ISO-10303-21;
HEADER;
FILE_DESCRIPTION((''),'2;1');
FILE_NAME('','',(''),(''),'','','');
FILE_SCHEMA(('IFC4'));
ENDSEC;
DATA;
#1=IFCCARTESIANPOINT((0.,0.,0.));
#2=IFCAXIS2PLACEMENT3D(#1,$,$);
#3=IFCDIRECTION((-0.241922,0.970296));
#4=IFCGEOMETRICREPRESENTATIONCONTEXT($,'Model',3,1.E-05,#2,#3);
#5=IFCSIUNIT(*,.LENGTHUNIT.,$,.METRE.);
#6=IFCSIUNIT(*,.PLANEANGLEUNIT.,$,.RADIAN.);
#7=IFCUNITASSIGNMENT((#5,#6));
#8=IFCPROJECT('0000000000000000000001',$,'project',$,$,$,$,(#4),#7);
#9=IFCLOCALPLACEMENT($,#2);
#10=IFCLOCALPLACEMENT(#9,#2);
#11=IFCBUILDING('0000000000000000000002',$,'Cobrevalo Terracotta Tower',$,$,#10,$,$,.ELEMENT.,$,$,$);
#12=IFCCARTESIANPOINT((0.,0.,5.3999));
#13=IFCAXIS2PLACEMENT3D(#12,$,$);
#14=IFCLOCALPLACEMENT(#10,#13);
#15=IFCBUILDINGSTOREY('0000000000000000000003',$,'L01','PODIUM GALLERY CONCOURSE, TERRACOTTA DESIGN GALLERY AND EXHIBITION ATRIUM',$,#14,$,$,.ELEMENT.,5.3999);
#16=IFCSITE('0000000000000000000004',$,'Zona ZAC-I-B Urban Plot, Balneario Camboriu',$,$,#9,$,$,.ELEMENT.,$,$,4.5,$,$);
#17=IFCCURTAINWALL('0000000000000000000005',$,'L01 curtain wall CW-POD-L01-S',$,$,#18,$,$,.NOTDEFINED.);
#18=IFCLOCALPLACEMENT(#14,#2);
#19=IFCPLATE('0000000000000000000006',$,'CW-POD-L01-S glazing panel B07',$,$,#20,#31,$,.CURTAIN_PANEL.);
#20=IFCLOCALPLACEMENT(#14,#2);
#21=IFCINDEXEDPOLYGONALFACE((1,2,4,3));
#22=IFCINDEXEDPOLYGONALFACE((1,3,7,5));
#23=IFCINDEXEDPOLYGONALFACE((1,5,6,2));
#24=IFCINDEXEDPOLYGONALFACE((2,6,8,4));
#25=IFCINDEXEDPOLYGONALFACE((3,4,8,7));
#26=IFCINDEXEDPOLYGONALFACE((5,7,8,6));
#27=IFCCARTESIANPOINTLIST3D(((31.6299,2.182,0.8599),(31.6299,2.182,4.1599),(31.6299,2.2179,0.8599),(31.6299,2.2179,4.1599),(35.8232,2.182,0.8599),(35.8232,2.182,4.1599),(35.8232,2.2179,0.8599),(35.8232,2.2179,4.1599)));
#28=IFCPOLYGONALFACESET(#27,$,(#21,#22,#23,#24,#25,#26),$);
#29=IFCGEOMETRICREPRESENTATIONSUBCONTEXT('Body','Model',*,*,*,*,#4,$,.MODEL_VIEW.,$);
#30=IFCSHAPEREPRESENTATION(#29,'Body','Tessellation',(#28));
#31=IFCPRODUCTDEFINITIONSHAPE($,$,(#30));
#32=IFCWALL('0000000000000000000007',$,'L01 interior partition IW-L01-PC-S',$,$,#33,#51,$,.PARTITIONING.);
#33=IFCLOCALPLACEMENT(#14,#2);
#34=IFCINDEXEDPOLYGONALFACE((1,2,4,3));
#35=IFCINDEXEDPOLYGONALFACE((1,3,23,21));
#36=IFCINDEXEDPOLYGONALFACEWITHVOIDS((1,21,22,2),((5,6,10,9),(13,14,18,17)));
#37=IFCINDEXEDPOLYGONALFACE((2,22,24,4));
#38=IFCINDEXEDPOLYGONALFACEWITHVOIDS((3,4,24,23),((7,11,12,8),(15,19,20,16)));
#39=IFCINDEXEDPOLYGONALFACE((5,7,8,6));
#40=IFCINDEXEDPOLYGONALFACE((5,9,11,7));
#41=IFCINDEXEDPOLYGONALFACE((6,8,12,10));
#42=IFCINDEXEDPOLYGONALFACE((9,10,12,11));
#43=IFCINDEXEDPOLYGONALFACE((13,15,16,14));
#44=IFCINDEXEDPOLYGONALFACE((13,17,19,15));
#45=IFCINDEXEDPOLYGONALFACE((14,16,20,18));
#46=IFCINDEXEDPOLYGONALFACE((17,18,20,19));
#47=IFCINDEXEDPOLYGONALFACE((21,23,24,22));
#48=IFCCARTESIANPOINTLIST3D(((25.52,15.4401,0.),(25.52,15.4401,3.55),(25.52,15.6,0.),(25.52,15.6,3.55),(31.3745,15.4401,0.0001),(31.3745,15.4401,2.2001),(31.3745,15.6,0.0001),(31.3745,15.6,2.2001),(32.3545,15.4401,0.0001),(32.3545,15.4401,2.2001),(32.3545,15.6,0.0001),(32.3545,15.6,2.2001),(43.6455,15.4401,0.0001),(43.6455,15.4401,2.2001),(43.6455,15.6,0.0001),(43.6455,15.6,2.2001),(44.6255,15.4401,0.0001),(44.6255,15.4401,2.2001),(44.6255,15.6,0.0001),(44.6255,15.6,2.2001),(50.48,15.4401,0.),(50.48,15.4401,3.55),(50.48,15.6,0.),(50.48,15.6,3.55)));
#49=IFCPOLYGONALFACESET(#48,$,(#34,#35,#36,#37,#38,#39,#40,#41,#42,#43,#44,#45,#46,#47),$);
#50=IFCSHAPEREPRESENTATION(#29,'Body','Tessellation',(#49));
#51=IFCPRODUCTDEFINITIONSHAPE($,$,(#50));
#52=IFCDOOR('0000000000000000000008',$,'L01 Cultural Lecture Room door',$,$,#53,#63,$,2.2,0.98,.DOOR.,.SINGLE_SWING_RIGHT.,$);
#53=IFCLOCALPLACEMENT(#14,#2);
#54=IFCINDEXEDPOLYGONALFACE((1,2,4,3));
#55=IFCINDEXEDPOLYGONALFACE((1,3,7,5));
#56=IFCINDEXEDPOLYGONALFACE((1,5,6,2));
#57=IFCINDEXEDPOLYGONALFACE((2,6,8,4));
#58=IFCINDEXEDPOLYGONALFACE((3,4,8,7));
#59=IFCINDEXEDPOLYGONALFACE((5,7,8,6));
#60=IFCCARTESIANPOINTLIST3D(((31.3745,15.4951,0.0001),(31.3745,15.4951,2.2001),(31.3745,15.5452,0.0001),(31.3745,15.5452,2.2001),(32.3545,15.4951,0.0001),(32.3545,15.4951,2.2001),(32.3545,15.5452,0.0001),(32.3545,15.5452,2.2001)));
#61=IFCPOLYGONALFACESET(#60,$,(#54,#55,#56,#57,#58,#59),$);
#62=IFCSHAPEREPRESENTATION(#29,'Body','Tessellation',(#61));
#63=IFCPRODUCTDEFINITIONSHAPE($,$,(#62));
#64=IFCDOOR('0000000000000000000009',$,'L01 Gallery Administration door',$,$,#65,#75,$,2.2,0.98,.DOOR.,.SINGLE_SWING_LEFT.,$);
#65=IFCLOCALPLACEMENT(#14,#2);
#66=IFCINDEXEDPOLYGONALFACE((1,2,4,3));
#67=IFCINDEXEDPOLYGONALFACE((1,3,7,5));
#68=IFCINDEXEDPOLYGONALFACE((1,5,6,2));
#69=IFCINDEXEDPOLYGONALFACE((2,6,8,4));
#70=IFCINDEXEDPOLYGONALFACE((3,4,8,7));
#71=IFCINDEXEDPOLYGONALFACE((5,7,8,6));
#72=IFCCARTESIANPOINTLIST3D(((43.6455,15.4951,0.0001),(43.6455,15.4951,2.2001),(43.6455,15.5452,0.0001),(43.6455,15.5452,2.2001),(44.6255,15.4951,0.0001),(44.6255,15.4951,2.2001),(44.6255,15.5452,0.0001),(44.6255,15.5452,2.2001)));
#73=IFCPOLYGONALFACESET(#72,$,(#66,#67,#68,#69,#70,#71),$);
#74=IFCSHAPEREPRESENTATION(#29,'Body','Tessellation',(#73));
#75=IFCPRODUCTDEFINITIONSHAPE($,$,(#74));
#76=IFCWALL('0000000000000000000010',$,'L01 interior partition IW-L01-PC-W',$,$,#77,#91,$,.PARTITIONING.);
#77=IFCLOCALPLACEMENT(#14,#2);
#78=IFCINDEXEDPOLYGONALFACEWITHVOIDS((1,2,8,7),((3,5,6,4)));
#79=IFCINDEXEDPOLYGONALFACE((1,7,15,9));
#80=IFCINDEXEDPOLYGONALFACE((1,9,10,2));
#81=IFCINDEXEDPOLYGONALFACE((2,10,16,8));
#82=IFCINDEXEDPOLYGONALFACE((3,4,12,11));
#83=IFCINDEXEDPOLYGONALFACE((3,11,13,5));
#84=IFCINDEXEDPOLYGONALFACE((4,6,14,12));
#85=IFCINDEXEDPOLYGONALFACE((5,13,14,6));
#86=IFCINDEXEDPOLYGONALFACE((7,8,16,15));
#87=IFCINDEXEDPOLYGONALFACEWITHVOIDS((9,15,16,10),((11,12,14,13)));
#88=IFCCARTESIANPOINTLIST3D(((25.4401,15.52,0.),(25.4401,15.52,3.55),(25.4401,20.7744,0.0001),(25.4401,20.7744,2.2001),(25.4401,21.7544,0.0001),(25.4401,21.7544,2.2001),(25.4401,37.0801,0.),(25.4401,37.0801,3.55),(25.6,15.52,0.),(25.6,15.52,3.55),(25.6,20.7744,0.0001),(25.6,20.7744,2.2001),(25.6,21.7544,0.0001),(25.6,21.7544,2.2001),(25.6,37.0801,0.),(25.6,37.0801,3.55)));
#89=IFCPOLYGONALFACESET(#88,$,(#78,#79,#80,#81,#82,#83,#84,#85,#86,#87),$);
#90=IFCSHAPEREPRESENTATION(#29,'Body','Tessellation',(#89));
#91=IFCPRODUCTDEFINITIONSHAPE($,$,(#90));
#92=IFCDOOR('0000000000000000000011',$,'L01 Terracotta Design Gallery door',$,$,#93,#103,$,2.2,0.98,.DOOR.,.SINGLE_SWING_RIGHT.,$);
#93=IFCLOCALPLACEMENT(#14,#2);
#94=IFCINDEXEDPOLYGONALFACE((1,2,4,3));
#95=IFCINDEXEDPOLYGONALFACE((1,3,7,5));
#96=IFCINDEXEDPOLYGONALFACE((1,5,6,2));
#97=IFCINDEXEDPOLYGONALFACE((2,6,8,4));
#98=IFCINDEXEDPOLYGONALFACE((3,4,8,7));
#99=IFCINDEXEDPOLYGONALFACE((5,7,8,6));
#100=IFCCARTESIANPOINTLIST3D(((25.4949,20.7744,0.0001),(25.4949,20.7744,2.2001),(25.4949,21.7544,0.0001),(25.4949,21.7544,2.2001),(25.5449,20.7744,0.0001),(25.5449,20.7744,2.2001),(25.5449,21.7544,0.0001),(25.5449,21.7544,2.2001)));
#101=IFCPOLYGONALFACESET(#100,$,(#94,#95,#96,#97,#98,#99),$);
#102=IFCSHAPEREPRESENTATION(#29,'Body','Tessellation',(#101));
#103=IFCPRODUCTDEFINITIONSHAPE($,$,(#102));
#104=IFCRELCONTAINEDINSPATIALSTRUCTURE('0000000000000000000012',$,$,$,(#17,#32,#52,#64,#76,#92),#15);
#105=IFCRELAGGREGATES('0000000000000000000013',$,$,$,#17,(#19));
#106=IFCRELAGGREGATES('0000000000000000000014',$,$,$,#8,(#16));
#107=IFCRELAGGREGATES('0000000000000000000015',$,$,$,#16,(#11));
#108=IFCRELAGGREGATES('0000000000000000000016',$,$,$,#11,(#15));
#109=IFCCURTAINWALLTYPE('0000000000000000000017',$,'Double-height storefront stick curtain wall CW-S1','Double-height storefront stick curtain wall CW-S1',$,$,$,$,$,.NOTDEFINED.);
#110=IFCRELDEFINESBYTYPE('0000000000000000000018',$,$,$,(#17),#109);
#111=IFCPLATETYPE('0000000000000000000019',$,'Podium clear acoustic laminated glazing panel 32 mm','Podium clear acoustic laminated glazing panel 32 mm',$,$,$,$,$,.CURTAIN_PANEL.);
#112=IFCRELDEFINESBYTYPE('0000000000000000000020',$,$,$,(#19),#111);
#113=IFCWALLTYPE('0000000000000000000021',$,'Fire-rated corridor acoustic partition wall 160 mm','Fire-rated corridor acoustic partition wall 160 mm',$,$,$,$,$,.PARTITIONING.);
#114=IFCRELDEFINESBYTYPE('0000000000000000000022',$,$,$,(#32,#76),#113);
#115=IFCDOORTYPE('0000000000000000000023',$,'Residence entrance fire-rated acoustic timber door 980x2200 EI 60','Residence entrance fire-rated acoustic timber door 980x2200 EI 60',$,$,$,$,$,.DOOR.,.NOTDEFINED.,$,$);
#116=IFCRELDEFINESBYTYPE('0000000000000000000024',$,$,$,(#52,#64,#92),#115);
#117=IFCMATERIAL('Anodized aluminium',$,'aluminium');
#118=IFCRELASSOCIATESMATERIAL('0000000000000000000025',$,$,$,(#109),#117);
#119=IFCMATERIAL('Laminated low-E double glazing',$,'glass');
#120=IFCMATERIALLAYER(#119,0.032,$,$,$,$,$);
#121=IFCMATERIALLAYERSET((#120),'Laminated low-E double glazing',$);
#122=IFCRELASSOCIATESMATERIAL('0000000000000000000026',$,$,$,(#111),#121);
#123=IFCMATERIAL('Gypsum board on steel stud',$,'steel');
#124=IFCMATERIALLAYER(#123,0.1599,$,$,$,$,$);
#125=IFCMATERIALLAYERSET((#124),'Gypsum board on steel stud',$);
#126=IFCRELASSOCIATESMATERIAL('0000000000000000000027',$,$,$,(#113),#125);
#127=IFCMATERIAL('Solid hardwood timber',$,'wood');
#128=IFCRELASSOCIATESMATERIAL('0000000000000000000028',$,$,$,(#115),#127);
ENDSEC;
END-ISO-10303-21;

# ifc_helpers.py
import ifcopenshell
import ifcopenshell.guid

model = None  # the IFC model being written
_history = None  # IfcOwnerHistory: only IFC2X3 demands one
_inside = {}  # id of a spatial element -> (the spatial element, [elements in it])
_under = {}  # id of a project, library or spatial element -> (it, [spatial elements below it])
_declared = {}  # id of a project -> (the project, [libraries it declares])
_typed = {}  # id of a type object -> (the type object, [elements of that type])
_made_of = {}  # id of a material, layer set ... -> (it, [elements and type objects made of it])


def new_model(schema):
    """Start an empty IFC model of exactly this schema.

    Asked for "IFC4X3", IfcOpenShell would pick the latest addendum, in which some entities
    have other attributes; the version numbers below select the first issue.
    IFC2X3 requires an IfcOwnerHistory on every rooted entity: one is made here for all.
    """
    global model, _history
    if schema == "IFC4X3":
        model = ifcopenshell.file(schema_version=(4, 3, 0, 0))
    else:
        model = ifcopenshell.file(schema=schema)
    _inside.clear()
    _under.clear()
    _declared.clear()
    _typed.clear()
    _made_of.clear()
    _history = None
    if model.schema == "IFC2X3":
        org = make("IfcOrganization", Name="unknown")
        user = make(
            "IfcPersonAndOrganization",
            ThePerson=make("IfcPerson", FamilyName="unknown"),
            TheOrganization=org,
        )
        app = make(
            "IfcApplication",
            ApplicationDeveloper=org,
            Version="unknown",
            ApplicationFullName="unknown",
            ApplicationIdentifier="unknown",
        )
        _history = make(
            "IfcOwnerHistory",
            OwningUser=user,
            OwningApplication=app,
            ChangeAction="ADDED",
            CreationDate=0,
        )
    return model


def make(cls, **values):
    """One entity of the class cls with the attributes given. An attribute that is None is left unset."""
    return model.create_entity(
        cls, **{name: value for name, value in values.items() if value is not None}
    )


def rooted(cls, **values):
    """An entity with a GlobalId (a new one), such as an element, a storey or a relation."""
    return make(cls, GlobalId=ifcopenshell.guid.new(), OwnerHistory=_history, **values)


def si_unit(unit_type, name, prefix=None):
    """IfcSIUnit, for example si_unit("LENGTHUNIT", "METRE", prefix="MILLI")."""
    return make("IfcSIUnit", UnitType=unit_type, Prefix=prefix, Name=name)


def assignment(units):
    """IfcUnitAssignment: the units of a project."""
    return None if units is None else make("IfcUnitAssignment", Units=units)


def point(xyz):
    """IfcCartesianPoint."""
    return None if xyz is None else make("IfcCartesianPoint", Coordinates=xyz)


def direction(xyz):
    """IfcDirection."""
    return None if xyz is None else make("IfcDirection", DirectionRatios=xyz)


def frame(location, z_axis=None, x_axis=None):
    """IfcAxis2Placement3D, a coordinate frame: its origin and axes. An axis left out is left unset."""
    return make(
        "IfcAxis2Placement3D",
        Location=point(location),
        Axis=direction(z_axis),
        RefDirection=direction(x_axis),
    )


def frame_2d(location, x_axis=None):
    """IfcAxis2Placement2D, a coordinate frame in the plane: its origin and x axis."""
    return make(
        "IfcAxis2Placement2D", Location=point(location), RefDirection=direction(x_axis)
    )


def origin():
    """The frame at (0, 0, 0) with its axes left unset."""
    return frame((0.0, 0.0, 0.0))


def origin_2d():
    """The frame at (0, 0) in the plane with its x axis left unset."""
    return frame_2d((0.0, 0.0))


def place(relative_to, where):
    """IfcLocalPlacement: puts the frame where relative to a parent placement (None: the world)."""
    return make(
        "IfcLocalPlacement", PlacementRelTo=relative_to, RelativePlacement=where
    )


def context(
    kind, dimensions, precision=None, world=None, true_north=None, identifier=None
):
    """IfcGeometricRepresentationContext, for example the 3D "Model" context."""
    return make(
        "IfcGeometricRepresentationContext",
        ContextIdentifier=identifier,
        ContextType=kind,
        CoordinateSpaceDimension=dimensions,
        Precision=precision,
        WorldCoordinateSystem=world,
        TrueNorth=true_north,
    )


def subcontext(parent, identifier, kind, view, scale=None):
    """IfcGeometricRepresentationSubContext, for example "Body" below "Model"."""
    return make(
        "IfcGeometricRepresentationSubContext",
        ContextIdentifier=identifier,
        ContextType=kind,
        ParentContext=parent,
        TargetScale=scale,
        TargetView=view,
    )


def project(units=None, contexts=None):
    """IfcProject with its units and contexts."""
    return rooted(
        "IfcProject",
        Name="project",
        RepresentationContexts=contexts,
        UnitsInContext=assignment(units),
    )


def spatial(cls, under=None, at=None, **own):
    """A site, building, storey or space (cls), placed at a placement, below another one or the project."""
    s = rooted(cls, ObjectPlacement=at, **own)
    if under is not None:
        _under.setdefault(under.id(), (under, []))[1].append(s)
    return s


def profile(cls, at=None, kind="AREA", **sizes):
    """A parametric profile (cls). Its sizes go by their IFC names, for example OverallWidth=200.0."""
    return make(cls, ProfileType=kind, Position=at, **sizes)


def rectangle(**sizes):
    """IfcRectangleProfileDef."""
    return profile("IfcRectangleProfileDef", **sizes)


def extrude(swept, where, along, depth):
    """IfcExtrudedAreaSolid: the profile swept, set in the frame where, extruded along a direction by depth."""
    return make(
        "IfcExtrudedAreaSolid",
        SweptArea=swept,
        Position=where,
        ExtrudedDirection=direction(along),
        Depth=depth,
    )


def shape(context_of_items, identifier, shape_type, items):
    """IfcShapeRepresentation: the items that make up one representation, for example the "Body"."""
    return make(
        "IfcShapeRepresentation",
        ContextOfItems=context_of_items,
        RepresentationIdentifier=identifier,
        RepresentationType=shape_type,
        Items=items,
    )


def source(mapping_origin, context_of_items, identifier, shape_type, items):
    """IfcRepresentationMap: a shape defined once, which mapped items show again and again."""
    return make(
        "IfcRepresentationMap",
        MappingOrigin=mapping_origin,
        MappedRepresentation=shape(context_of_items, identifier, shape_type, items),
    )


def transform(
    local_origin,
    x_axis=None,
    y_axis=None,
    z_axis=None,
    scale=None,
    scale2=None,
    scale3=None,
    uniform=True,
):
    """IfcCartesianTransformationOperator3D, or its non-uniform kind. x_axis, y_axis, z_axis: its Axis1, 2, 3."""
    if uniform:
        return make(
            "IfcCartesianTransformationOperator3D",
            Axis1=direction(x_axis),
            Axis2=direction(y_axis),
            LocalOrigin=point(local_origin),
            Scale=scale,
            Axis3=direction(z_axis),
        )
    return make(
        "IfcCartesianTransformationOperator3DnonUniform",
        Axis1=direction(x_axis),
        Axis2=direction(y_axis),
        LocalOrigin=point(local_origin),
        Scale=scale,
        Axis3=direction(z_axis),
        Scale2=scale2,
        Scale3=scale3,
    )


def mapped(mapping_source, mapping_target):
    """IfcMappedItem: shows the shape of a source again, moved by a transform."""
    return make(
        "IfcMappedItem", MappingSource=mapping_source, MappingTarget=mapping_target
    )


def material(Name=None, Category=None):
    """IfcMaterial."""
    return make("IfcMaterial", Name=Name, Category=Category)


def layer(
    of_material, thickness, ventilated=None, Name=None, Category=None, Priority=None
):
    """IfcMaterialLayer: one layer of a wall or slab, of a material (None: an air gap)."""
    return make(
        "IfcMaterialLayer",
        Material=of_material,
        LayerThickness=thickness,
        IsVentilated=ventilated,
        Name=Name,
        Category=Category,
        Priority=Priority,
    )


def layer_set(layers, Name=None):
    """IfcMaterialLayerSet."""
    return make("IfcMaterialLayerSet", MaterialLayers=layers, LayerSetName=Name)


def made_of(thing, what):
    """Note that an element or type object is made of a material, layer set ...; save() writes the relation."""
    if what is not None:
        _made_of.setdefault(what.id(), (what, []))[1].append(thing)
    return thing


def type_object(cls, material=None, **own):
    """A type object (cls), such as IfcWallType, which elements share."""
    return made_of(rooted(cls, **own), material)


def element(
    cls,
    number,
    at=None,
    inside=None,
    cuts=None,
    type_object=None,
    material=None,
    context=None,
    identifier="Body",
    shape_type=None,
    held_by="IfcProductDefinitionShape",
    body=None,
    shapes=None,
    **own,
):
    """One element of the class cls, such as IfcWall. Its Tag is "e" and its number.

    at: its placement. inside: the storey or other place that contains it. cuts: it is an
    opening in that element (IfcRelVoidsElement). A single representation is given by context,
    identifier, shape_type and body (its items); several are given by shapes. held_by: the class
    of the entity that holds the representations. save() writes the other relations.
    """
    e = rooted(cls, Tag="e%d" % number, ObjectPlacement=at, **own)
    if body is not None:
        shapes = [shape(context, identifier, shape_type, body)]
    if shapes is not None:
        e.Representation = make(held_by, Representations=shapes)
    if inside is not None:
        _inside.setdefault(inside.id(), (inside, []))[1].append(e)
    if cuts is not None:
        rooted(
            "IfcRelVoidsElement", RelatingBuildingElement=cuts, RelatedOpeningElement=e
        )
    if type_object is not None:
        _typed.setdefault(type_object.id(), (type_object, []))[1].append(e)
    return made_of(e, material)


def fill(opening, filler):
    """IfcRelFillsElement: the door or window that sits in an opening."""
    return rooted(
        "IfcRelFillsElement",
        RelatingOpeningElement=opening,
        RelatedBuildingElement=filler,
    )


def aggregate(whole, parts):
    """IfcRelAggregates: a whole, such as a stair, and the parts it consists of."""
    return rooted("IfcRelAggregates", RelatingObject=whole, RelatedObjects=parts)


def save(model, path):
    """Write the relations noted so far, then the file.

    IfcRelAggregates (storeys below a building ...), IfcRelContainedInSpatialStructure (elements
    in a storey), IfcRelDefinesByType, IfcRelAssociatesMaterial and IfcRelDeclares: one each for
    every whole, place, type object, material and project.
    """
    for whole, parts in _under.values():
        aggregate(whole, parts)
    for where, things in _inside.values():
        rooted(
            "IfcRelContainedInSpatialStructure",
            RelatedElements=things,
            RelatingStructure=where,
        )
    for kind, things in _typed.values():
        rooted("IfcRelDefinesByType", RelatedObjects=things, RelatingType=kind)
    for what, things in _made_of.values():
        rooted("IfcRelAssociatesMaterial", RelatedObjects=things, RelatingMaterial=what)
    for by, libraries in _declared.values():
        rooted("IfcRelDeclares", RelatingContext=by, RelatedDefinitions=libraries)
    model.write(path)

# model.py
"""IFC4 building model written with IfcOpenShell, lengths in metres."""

from ifc_helpers import new_model, si_unit, direction, frame, frame_2d, origin, origin_2d, place, context, subcontext, project, spatial, rectangle, extrude, source, transform, mapped, material, layer, layer_set, type_object, element, fill, aggregate, save


model = new_model("IFC4")

# Units and contexts
model_context = context("Model", 3, precision=1e-05, world=origin(), true_north=direction((-0.241922, 0.970296)))
body_context = subcontext(model_context, "Body", "Model", "MODEL_VIEW")
ifc_project = project(units=[si_unit("LENGTHUNIT", "METRE"), si_unit("PLANEANGLEUNIT", "RADIAN")], contexts=[model_context])

# Site, building, storey
site_placement = place(None, origin())
site = spatial("IfcSite", under=ifc_project, at=site_placement, Name="Zona ZAC-I-B Urban Plot, Balneario Camboriu", CompositionType="ELEMENT", RefElevation=4.5)
building_placement = place(site_placement, origin())
building = spatial("IfcBuilding", under=site, at=building_placement, Name="Cobrevalo Terracotta Tower", CompositionType="ELEMENT")
storey_placement = place(building_placement, frame((0.0, 0.0, 5.3999)))
storey = spatial("IfcBuildingStorey", under=building, at=storey_placement, Name="L01", Description="PODIUM GALLERY CONCOURSE, TERRACOTTA DESIGN GALLERY AND EXHIBITION ATRIUM", CompositionType="ELEMENT", Elevation=5.3999)

# Curtain wall, plate
ifc_material_1 = material(Name="Anodized aluminium", Category="aluminium")
curtain_wall_type = type_object("IfcCurtainWallType", Name="Double-height storefront stick curtain wall CW-S1", Description="Double-height storefront stick curtain wall CW-S1", PredefinedType="NOTDEFINED", material=ifc_material_1)
curtain_wall_placement = place(storey_placement, origin())
curtain_wall = element("IfcCurtainWall", 1, at=curtain_wall_placement, inside=storey, type_object=curtain_wall_type, Name="L01 curtain wall CW-POD-L01-S", PredefinedType="NOTDEFINED")
ifc_material_2 = material(Name="Laminated low-E double glazing", Category="glass")
ifc_layer_1 = layer(ifc_material_2, 0.032)
ifc_layer_set_1 = layer_set([ifc_layer_1], Name="Laminated low-E double glazing")
plate_type_1 = type_object("IfcPlateType", Name="Podium clear acoustic laminated glazing panel 32 mm", Description="Podium clear acoustic laminated glazing panel 32 mm", PredefinedType="CURTAIN_PANEL", material=ifc_layer_set_1)
shared_shape_1 = source(origin(), body_context, "Body", "SweptSolid", [
    extrude(rectangle(XDim=4.1934, YDim=0.0359, at=origin_2d()), origin(), (0.0, 0.0, 1.0), 3.3),
])
plate_1_placement = place(storey_placement, frame((33.7266, 2.2, 0.8599), z_axis=(0.0, 0.0, 1.0), x_axis=(1.0, 0.0, 0.0)))
plate_1 = element("IfcPlate", 2, at=plate_1_placement, type_object=plate_type_1, Name="CW-POD-L01-S glazing panel B07", PredefinedType="CURTAIN_PANEL", context=body_context, shape_type="MappedRepresentation", body=[
    mapped(shared_shape_1, transform((0.0, 0.0, 0.0), scale=1.0)),
])
aggregate(curtain_wall, [plate_1])

# Wall, openings, doors
ifc_material_3 = material(Name="Gypsum board on steel stud", Category="steel")
ifc_layer_2 = layer(ifc_material_3, 0.1599)
ifc_layer_set_2 = layer_set([ifc_layer_2], Name="Gypsum board on steel stud")
wall_type = type_object("IfcWallType", Name="Fire-rated corridor acoustic partition wall 160 mm", Description="Fire-rated corridor acoustic partition wall 160 mm", PredefinedType="PARTITIONING", material=ifc_layer_set_2)
wall_1_placement = place(storey_placement, frame((25.52, 15.52, 0.0), z_axis=(0.0, 0.0, 1.0), x_axis=(1.0, 0.0, 0.0)))
wall_1 = element("IfcWall", 3, at=wall_1_placement, inside=storey, type_object=wall_type, Name="L01 interior partition IW-L01-PC-S", PredefinedType="PARTITIONING", context=body_context, shape_type="SweptSolid", body=[
    extrude(rectangle(XDim=24.96, YDim=0.1599, at=frame_2d((12.48, 0.0))), origin(), (0.0, 0.0, 1.0), 3.55),
])
opening_1_placement = place(wall_1_placement, frame((5.8545, 0.0, 0.0)))
opening_1 = element("IfcOpeningElement", 4, at=opening_1_placement, cuts=wall_1, PredefinedType="OPENING", context=body_context, shape_type="SweptSolid", body=[
    extrude(rectangle(XDim=0.98, YDim=2.2, at=frame_2d((0.49, 1.1001))), frame((0.0, 0.0898, 0.0), z_axis=(0.0, -1.0, 0.0), x_axis=(1.0, 0.0, 0.0)), (0.0, 0.0, 1.0), 0.1799),
])
opening_2_placement = place(wall_1_placement, frame((18.1255, 0.0, 0.0)))
opening_2 = element("IfcOpeningElement", 5, at=opening_2_placement, cuts=wall_1, PredefinedType="OPENING", context=body_context, shape_type="SweptSolid", body=[
    extrude(rectangle(XDim=0.98, YDim=2.2, at=frame_2d((0.49, 1.1001))), frame((0.0, 0.0898, 0.0), z_axis=(0.0, -1.0, 0.0), x_axis=(1.0, 0.0, 0.0)), (0.0, 0.0, 1.0), 0.1799),
])
ifc_material_4 = material(Name="Solid hardwood timber", Category="wood")
door_type = type_object("IfcDoorType", Name="Residence entrance fire-rated acoustic timber door 980x2200 EI 60", Description="Residence entrance fire-rated acoustic timber door 980x2200 EI 60", OperationType="NOTDEFINED", PredefinedType="DOOR", material=ifc_material_4)
shared_shape_2 = source(origin(), body_context, "Body", "SweptSolid", [
    extrude(rectangle(XDim=0.98, YDim=2.2, at=frame_2d((0.49, 1.1001))), frame((0.0, 0.0249, 0.0), z_axis=(0.0, -1.0, 0.0), x_axis=(1.0, 0.0, 0.0)), (0.0, 0.0, 1.0), 0.05),
])
door_1_placement = place(opening_1_placement, frame((0.98, 0.0, 0.0), z_axis=(0.0, 0.0, 1.0), x_axis=(-1.0, 0.0, 0.0)))
door_1 = element("IfcDoor", 6, at=door_1_placement, inside=storey, type_object=door_type, Name="L01 Cultural Lecture Room door", OperationType="SINGLE_SWING_RIGHT", OverallHeight=2.2, OverallWidth=0.98, PredefinedType="DOOR", context=body_context, shape_type="MappedRepresentation", body=[
    mapped(shared_shape_2, transform((0.0, 0.0, 0.0), scale=1.0)),
])
fill(opening_1, door_1)
door_2_placement = place(opening_2_placement, frame((0.98, 0.0, 0.0), z_axis=(0.0, 0.0, 1.0), x_axis=(-1.0, 0.0, 0.0)))
door_2 = element("IfcDoor", 7, at=door_2_placement, inside=storey, type_object=door_type, Name="L01 Gallery Administration door", OperationType="SINGLE_SWING_LEFT", OverallHeight=2.2, OverallWidth=0.98, PredefinedType="DOOR", context=body_context, shape_type="MappedRepresentation", body=[
    mapped(shared_shape_2, transform((0.0, 0.0, 0.0), scale=1.0)),
])
fill(opening_2, door_2)

# Wall, opening, door
wall_2_placement = place(storey_placement, frame((25.52, 15.52, 0.0), z_axis=(0.0, 0.0, 1.0), x_axis=(0.0, 1.0, 0.0)))
wall_2 = element("IfcWall", 8, at=wall_2_placement, inside=storey, type_object=wall_type, Name="L01 interior partition IW-L01-PC-W", PredefinedType="PARTITIONING", context=body_context, shape_type="SweptSolid", body=[
    extrude(rectangle(XDim=21.5601, YDim=0.1599, at=frame_2d((10.78, 0.0))), origin(), (0.0, 0.0, 1.0), 3.55),
])
opening_3_placement = place(wall_2_placement, frame((5.2544, 0.0, 0.0)))
opening_3 = element("IfcOpeningElement", 9, at=opening_3_placement, cuts=wall_2, PredefinedType="OPENING", context=body_context, shape_type="SweptSolid", body=[
    extrude(rectangle(XDim=0.98, YDim=2.2, at=frame_2d((0.49, 1.1001))), frame((0.0, 0.0898, 0.0), z_axis=(0.0, -1.0, 0.0), x_axis=(1.0, 0.0, 0.0)), (0.0, 0.0, 1.0), 0.1799),
])
door_3_placement = place(opening_3_placement, frame((0.98, 0.0, 0.0), z_axis=(0.0, 0.0, 1.0), x_axis=(-1.0, 0.0, 0.0)))
door_3 = element("IfcDoor", 10, at=door_3_placement, inside=storey, type_object=door_type, Name="L01 Terracotta Design Gallery door", OperationType="SINGLE_SWING_RIGHT", OverallHeight=2.2, OverallWidth=0.98, PredefinedType="DOOR", context=body_context, shape_type="MappedRepresentation", body=[
    mapped(shared_shape_2, transform((0.0, 0.0, 0.0), scale=1.0)),
])
fill(opening_3, door_3)

save(model, "model.ifc")
